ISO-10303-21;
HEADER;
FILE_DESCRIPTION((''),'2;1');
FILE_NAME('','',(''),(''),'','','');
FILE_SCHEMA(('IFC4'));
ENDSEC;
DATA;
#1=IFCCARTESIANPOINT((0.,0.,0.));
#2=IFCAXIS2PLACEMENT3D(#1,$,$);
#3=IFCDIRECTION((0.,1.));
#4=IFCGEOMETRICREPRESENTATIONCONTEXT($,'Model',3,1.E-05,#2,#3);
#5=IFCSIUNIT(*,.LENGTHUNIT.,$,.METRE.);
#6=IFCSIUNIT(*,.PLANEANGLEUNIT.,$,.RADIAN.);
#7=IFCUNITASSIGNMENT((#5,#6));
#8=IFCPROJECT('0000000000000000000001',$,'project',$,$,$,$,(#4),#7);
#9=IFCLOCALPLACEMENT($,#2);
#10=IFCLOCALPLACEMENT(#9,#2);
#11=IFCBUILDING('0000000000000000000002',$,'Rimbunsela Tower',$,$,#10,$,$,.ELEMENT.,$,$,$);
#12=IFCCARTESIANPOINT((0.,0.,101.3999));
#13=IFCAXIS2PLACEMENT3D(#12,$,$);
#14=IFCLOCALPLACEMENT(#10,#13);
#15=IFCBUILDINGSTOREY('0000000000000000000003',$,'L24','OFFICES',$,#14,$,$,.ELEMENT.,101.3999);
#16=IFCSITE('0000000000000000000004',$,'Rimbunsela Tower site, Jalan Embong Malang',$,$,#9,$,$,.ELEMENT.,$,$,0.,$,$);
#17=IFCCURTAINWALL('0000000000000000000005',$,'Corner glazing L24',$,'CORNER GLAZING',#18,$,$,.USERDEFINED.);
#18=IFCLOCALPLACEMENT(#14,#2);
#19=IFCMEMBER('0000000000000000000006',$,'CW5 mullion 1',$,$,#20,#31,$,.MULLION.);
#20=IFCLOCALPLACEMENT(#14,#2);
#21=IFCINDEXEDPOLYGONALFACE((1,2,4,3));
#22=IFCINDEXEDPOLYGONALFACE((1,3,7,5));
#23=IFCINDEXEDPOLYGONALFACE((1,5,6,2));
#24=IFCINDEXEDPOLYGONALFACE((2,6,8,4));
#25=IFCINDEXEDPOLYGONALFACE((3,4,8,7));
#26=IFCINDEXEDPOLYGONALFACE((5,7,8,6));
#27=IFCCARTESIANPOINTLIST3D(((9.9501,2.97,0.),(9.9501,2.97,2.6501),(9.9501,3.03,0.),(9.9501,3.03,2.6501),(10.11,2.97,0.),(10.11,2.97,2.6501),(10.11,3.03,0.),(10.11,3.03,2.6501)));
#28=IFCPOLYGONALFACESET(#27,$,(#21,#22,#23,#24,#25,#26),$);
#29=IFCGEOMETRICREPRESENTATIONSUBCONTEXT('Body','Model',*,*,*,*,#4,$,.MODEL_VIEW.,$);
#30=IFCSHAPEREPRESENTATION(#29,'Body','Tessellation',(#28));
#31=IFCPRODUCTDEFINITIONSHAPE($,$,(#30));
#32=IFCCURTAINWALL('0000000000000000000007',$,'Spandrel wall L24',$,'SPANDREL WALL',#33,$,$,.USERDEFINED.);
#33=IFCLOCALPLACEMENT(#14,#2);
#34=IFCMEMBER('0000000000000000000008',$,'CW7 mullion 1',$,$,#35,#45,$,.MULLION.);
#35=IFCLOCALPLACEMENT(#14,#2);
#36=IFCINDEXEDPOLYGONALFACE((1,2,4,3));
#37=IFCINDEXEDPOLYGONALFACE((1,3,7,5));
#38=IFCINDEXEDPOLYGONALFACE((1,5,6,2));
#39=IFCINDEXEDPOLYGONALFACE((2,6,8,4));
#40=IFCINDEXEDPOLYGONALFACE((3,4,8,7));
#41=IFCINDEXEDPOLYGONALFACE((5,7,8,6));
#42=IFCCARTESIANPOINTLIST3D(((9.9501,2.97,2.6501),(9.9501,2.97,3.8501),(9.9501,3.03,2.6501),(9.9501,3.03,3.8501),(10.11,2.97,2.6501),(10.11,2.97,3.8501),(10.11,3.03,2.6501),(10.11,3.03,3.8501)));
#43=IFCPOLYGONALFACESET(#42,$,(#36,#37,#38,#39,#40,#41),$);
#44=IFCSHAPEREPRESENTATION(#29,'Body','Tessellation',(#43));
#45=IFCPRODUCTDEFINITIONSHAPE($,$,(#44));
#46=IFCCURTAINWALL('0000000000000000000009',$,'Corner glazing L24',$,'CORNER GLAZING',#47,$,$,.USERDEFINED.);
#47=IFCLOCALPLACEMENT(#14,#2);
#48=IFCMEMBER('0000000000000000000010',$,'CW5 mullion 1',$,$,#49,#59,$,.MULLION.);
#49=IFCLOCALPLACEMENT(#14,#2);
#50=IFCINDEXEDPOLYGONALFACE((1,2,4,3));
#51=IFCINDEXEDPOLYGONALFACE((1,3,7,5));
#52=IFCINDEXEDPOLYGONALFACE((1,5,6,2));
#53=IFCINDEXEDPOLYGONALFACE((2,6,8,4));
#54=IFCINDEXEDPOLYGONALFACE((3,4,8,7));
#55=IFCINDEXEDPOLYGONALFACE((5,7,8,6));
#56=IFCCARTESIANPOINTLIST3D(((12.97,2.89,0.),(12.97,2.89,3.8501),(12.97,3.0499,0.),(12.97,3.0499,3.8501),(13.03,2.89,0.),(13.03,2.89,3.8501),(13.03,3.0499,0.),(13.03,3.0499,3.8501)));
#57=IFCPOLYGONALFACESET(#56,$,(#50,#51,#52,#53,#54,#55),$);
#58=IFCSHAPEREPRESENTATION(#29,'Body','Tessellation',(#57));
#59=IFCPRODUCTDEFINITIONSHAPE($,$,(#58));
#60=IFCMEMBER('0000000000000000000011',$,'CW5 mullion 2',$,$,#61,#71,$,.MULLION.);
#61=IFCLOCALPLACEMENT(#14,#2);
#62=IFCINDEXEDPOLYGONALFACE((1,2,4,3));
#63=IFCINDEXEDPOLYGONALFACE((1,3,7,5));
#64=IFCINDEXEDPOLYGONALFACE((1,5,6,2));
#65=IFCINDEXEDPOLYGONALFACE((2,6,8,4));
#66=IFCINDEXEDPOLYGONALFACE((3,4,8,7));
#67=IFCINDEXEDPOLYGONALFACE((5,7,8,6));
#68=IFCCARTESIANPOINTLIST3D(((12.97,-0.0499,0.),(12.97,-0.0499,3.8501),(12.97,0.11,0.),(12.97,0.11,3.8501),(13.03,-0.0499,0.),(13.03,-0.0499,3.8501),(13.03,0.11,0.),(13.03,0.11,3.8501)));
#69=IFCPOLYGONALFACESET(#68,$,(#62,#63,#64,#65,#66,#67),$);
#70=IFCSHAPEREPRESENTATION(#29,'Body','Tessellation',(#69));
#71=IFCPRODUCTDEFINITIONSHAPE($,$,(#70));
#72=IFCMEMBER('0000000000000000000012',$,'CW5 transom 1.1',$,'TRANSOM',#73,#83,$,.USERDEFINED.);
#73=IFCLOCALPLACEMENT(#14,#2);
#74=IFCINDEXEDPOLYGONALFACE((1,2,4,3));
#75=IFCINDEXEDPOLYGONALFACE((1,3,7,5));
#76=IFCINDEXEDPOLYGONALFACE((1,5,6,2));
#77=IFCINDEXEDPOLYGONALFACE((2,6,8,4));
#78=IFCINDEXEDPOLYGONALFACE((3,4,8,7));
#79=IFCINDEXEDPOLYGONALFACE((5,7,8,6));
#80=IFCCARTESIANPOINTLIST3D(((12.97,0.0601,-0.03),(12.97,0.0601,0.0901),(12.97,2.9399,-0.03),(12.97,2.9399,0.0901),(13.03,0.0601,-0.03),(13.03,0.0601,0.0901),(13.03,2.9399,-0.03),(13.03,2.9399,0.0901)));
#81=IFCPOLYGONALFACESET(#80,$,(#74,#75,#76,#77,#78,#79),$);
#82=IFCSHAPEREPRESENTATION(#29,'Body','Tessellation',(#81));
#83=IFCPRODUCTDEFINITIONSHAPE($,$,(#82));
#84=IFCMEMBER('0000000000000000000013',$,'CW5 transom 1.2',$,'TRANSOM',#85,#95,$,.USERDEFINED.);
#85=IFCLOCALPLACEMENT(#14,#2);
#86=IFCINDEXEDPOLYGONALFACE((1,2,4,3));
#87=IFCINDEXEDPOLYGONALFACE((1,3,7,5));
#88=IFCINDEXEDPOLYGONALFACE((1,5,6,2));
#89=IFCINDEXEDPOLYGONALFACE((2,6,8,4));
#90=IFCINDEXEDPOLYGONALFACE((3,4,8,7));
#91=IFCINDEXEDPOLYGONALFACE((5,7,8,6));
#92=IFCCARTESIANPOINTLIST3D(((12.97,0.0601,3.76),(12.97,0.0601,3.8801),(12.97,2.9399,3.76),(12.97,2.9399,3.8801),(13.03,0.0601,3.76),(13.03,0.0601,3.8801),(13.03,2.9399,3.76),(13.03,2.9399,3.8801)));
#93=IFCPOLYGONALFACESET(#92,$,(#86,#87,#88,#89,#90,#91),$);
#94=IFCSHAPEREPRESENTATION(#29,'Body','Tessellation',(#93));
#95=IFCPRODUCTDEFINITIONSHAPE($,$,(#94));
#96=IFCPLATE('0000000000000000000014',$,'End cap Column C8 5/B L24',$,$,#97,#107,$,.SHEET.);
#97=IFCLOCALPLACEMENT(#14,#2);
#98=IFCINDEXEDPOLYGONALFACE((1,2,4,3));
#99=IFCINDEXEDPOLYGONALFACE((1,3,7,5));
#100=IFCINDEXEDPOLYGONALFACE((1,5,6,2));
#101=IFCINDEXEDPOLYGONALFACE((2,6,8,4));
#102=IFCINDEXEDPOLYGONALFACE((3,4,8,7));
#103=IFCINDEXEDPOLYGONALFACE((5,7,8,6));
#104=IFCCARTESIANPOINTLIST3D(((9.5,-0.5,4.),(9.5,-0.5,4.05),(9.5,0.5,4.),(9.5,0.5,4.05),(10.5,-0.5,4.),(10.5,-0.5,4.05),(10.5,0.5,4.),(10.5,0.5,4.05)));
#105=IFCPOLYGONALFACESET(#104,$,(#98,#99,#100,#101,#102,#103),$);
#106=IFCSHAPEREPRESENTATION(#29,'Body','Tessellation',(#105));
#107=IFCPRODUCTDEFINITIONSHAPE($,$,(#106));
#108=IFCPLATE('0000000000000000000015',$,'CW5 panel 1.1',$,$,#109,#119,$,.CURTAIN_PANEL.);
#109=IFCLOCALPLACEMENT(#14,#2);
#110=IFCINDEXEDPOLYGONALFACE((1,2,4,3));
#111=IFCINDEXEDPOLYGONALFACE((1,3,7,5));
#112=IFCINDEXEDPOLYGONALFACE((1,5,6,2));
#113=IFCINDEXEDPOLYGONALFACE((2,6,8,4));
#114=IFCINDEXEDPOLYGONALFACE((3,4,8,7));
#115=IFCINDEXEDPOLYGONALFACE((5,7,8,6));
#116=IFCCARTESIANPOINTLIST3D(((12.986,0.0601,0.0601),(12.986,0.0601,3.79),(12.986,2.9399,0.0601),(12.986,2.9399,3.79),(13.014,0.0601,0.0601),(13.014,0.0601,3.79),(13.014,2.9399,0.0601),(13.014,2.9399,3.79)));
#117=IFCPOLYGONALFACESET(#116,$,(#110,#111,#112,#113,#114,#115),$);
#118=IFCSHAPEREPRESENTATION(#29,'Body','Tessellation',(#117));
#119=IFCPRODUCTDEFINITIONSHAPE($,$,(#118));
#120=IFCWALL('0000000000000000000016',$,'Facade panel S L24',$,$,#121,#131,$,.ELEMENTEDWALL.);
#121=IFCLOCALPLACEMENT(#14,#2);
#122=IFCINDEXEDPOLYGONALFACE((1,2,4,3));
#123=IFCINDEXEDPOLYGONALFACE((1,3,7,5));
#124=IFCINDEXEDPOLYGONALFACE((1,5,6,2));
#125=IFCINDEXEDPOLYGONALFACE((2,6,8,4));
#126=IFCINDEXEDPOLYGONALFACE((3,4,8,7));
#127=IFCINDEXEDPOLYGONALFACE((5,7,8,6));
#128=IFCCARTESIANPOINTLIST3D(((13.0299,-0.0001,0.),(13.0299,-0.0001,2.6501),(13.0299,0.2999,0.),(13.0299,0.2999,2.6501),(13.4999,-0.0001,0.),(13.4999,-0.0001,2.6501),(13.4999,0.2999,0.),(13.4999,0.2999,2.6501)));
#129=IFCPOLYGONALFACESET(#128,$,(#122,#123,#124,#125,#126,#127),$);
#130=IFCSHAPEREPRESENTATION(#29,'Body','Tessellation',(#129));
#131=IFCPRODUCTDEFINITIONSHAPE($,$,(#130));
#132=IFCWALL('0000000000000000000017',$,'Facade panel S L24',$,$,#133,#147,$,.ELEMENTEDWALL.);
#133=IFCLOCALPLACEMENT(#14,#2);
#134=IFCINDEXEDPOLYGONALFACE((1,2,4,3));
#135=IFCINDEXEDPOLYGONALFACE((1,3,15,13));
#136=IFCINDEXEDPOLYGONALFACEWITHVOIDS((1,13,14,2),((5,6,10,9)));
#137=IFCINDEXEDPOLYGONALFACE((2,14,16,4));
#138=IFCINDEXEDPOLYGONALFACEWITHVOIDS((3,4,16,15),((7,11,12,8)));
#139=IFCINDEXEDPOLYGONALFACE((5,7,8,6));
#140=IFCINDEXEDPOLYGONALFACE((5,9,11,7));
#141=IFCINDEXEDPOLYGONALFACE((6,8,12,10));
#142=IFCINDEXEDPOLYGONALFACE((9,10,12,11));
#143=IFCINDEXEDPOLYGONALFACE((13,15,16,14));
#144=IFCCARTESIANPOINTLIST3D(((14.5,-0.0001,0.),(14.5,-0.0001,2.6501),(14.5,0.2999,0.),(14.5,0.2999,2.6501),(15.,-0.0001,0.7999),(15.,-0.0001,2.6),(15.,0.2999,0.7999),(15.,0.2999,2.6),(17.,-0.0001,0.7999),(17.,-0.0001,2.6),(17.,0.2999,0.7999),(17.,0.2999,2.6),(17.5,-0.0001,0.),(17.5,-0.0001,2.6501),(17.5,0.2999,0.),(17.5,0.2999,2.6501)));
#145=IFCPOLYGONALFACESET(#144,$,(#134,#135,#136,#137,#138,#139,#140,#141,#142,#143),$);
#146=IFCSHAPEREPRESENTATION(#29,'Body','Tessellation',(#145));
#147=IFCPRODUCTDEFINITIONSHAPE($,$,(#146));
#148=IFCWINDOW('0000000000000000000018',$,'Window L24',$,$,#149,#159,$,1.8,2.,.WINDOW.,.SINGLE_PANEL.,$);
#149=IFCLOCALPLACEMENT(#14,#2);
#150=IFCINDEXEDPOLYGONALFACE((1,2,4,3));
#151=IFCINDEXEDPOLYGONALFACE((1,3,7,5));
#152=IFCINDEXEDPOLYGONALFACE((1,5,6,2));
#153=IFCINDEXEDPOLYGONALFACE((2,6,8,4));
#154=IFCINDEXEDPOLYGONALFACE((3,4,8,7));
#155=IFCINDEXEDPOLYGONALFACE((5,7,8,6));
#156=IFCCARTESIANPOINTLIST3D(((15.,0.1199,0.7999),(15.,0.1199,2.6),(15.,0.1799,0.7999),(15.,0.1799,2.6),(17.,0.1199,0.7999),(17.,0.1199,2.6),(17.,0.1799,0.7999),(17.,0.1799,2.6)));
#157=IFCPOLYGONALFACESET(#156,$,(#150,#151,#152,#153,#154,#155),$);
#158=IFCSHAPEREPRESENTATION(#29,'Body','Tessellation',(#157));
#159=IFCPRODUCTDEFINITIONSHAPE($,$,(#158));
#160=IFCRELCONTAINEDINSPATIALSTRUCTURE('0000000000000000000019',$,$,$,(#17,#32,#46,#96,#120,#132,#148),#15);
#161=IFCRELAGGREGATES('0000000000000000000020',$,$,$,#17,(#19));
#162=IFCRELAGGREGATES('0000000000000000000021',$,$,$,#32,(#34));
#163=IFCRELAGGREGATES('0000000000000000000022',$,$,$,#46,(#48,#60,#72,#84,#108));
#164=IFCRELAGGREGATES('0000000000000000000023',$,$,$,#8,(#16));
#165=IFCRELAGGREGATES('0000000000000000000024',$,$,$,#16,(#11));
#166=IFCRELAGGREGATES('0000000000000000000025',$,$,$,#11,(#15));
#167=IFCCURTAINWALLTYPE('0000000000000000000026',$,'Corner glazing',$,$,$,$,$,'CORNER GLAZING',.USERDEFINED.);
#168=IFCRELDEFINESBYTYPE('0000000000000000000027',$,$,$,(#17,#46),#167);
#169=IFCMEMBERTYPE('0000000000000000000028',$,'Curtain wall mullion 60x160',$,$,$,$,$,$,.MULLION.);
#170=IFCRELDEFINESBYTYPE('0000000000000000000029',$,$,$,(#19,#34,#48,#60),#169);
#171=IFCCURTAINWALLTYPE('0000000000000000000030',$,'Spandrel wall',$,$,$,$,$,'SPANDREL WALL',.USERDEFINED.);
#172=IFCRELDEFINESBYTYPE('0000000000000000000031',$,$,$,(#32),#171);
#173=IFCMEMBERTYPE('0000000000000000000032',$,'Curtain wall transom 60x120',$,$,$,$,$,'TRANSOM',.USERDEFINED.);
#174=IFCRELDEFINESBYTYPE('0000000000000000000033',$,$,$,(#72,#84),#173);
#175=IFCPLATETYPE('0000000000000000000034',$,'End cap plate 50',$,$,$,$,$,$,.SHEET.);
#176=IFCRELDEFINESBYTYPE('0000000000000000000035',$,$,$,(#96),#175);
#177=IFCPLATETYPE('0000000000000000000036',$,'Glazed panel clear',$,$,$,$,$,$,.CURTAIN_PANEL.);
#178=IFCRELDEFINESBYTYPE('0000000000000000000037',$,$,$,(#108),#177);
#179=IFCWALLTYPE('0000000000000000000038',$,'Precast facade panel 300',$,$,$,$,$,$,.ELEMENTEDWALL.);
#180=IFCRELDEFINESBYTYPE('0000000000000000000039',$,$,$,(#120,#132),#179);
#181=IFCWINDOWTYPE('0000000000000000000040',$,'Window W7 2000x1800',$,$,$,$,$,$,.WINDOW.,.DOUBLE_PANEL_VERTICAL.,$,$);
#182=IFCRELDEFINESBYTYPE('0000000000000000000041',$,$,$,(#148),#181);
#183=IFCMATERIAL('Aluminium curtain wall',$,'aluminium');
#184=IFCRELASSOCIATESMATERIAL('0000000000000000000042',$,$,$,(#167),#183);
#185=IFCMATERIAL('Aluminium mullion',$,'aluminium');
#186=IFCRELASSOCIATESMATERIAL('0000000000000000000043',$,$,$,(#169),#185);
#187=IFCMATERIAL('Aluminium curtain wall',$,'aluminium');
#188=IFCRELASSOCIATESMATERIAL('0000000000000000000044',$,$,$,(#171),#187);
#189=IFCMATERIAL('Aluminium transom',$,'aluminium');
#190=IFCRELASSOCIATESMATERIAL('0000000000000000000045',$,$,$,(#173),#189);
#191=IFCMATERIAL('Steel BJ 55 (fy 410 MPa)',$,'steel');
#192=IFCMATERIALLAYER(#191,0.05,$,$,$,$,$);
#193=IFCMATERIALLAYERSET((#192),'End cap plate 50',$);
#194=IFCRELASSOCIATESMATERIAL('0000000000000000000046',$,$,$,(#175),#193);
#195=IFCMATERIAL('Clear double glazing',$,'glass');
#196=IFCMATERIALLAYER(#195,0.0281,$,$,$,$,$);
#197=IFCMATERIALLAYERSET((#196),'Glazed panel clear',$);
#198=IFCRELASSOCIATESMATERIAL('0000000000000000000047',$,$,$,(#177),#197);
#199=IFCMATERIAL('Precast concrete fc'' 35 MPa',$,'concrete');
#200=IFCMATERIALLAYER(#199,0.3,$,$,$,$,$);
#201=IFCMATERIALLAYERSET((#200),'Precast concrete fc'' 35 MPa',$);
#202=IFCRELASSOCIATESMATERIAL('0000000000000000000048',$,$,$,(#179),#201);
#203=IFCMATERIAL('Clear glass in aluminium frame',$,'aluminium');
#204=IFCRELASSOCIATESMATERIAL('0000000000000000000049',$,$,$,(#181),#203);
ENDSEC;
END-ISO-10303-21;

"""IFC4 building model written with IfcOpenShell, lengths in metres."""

from ifc_helpers import new_model, si_unit, direction, frame, frame_2d, origin, origin_2d, place, context, subcontext, project, spatial, rectangle, extrude, material, layer, layer_set, material_profile, profile_set, type_object, element, fill, aggregate, save


model = new_model("IFC4")

# Units and contexts
model_context = context("Model", 3, precision=1e-05, world=origin(), true_north=direction((0.0, 1.0)))
body_context = subcontext(model_context, "Body", "Model", "MODEL_VIEW")
ifc_project = project(units=[si_unit("LENGTHUNIT", "METRE"), si_unit("PLANEANGLEUNIT", "RADIAN")], contexts=[model_context])

# Site, building, storey
site_placement = place(None, origin())
site = spatial("IfcSite", under=ifc_project, at=site_placement, Name="Rimbunsela Tower site, Jalan Embong Malang", CompositionType="ELEMENT", RefElevation=0.0)
building_placement = place(site_placement, origin())
building = spatial("IfcBuilding", under=site, at=building_placement, Name="Rimbunsela Tower", CompositionType="ELEMENT")
storey_placement = place(building_placement, frame((0.0, 0.0, 101.3999)))
storey = spatial("IfcBuildingStorey", under=building, at=storey_placement, Name="L24", Description="OFFICES", CompositionType="ELEMENT", Elevation=101.3999)

# Curtain walls, members
ifc_material_1 = material(Name="Aluminium curtain wall", Category="aluminium")
curtain_wall_type_1 = type_object("IfcCurtainWallType", Name="Corner glazing", ElementType="CORNER GLAZING", PredefinedType="USERDEFINED", material=ifc_material_1)
curtain_wall_1_placement = place(storey_placement, origin())
curtain_wall_1 = element("IfcCurtainWall", 1, at=curtain_wall_1_placement, inside=storey, type_object=curtain_wall_type_1, Name="Corner glazing L24", ObjectType="CORNER GLAZING", PredefinedType="USERDEFINED")
ifc_material_2 = material(Name="Aluminium mullion", Category="aluminium")
ifc_material_profile_1 = material_profile(ifc_material_2, rectangle(XDim=0.0601, YDim=0.1599, at=origin_2d()), Name="Mullion 60x160")
ifc_profile_set_1 = profile_set([ifc_material_profile_1], Name="Aluminium mullion")
member_type_1 = type_object("IfcMemberType", Name="Curtain wall mullion 60x160", PredefinedType="MULLION", material=ifc_profile_set_1)
member_1_placement = place(storey_placement, frame((10.03, 3.0, 0.0), z_axis=(0.0, 0.0, 1.0), x_axis=(0.0, 1.0, 0.0)))
member_1 = element("IfcMember", 2, at=member_1_placement, type_object=member_type_1, Name="CW5 mullion 1", PredefinedType="MULLION", context=body_context, shape_type="SweptSolid", body=[
    extrude(rectangle(XDim=0.0601, YDim=0.1599, at=origin_2d()), origin(), (0.0, 0.0, 1.0), 2.6501),
])
aggregate(curtain_wall_1, [member_1])
ifc_material_3 = material(Name="Aluminium curtain wall", Category="aluminium")
curtain_wall_type_2 = type_object("IfcCurtainWallType", Name="Spandrel wall", ElementType="SPANDREL WALL", PredefinedType="USERDEFINED", material=ifc_material_3)
curtain_wall_2_placement = place(storey_placement, origin())
curtain_wall_2 = element("IfcCurtainWall", 3, at=curtain_wall_2_placement, inside=storey, type_object=curtain_wall_type_2, Name="Spandrel wall L24", ObjectType="SPANDREL WALL", PredefinedType="USERDEFINED")
member_2_placement = place(storey_placement, frame((10.03, 3.0, 2.6501), z_axis=(0.0, 0.0, 1.0), x_axis=(0.0, 1.0, 0.0)))
member_2 = element("IfcMember", 4, at=member_2_placement, type_object=member_type_1, Name="CW7 mullion 1", PredefinedType="MULLION", context=body_context, shape_type="SweptSolid", body=[
    extrude(rectangle(XDim=0.0601, YDim=0.1599, at=origin_2d()), origin(), (0.0, 0.0, 1.0), 1.2),
])
aggregate(curtain_wall_2, [member_2])

# Curtain wall, members
curtain_wall_3_placement = place(storey_placement, origin())
curtain_wall_3 = element("IfcCurtainWall", 5, at=curtain_wall_3_placement, inside=storey, type_object=curtain_wall_type_1, Name="Corner glazing L24", ObjectType="CORNER GLAZING", PredefinedType="USERDEFINED")
member_3_placement = place(storey_placement, frame((13.0, 2.97, 0.0), z_axis=(0.0, 0.0, 1.0), x_axis=(1.0, 0.0, 0.0)))
member_3 = element("IfcMember", 6, at=member_3_placement, type_object=member_type_1, Name="CW5 mullion 1", PredefinedType="MULLION", context=body_context, shape_type="SweptSolid", body=[
    extrude(rectangle(XDim=0.0601, YDim=0.1599, at=origin_2d()), origin(), (0.0, 0.0, 1.0), 3.8501),
])
member_4_placement = place(storey_placement, frame((13.0, 0.03, 0.0), z_axis=(0.0, 0.0, 1.0), x_axis=(1.0, 0.0, 0.0)))
member_4 = element("IfcMember", 7, at=member_4_placement, type_object=member_type_1, Name="CW5 mullion 2", PredefinedType="MULLION", context=body_context, shape_type="SweptSolid", body=[
    extrude(rectangle(XDim=0.0601, YDim=0.1599, at=origin_2d()), origin(), (0.0, 0.0, 1.0), 3.8501),
])
ifc_material_4 = material(Name="Aluminium transom", Category="aluminium")
ifc_material_profile_2 = material_profile(ifc_material_4, rectangle(XDim=0.0601, YDim=0.1201, at=origin_2d()), Name="Transom 60x120")
ifc_profile_set_2 = profile_set([ifc_material_profile_2], Name="Aluminium transom")
member_type_2 = type_object("IfcMemberType", Name="Curtain wall transom 60x120", ElementType="TRANSOM", PredefinedType="USERDEFINED", material=ifc_profile_set_2)
member_5_placement = place(storey_placement, frame((13.0, 2.9399, 0.03), z_axis=(0.0, -1.0, 0.0), x_axis=(1.0, 0.0, 0.0)))
member_5 = element("IfcMember", 8, at=member_5_placement, type_object=member_type_2, Name="CW5 transom 1.1", ObjectType="TRANSOM", PredefinedType="USERDEFINED", context=body_context, shape_type="SweptSolid", body=[
    extrude(rectangle(XDim=0.0601, YDim=0.1201, at=origin_2d()), origin(), (0.0, 0.0, 1.0), 2.8799),
])
member_6_placement = place(storey_placement, frame((13.0, 2.9399, 3.8201), z_axis=(0.0, -1.0, 0.0), x_axis=(1.0, 0.0, 0.0)))
member_6 = element("IfcMember", 9, at=member_6_placement, type_object=member_type_2, Name="CW5 transom 1.2", ObjectType="TRANSOM", PredefinedType="USERDEFINED", context=body_context, shape_type="SweptSolid", body=[
    extrude(rectangle(XDim=0.0601, YDim=0.1201, at=origin_2d()), origin(), (0.0, 0.0, 1.0), 2.8799),
])

# Plates
ifc_material_5 = material(Name="Steel BJ 55 (fy 410 MPa)", Category="steel")
ifc_layer_1 = layer(ifc_material_5, 0.05)
ifc_layer_set_1 = layer_set([ifc_layer_1], Name="End cap plate 50")
plate_type_1 = type_object("IfcPlateType", Name="End cap plate 50", PredefinedType="SHEET", material=ifc_layer_set_1)
plate_1_placement = place(storey_placement, frame((10.0, 0.0, 4.0), z_axis=(0.0, 0.0, 1.0), x_axis=(1.0, 0.0, 0.0)))
element("IfcPlate", 10, at=plate_1_placement, inside=storey, type_object=plate_type_1, Name="End cap Column C8 5/B L24", PredefinedType="SHEET", context=body_context, shape_type="SweptSolid", body=[
    extrude(rectangle(XDim=1.0, YDim=1.0, at=origin_2d()), origin(), (0.0, 0.0, 1.0), 0.05),
])
ifc_material_6 = material(Name="Clear double glazing", Category="glass")
ifc_layer_2 = layer(ifc_material_6, 0.0281)
ifc_layer_set_2 = layer_set([ifc_layer_2], Name="Glazed panel clear")
plate_type_2 = type_object("IfcPlateType", Name="Glazed panel clear", PredefinedType="CURTAIN_PANEL", material=ifc_layer_set_2)
plate_2_placement = place(storey_placement, frame((13.0, 1.5, 0.0601), z_axis=(0.0, 0.0, 1.0), x_axis=(0.0, -1.0, 0.0)))
plate_2 = element("IfcPlate", 11, at=plate_2_placement, type_object=plate_type_2, Name="CW5 panel 1.1", PredefinedType="CURTAIN_PANEL", context=body_context, shape_type="SweptSolid", body=[
    extrude(rectangle(XDim=2.8799, YDim=0.0281, at=origin_2d()), origin(), (0.0, 0.0, 1.0), 3.73),
])
aggregate(curtain_wall_3, [member_3, member_4, member_5, member_6, plate_2])

# Wall
ifc_material_7 = material(Name="Precast concrete fc' 35 MPa", Category="concrete")
ifc_layer_3 = layer(ifc_material_7, 0.3)
ifc_layer_set_3 = layer_set([ifc_layer_3], Name="Precast concrete fc' 35 MPa")
wall_type = type_object("IfcWallType", Name="Precast facade panel 300", PredefinedType="ELEMENTEDWALL", material=ifc_layer_set_3)
wall_1_placement = place(storey_placement, frame((13.03, 0.1499, 0.0), z_axis=(0.0, 0.0, 1.0), x_axis=(1.0, 0.0, 0.0)))
element("IfcWall", 12, at=wall_1_placement, inside=storey, type_object=wall_type, Name="Facade panel S L24", PredefinedType="ELEMENTEDWALL", context=body_context, shape_type="SweptSolid", body=[
    extrude(rectangle(XDim=0.47, YDim=0.3, at=frame_2d((0.2349, 0.0))), origin(), (0.0, 0.0, 1.0), 2.6501),
])

# Wall, opening, window
wall_2_placement = place(storey_placement, frame((14.5, 0.1499, 0.0), z_axis=(0.0, 0.0, 1.0), x_axis=(1.0, 0.0, 0.0)))
wall_2 = element("IfcWall", 13, at=wall_2_placement, inside=storey, type_object=wall_type, Name="Facade panel S L24", PredefinedType="ELEMENTEDWALL", context=body_context, shape_type="SweptSolid", body=[
    extrude(rectangle(XDim=3.0, YDim=0.3, at=frame_2d((1.5, 0.0))), origin(), (0.0, 0.0, 1.0), 2.6501),
])
opening_1_placement = place(wall_2_placement, frame((0.5, 0.0, 0.8)))
opening_1 = element("IfcOpeningElement", 14, at=opening_1_placement, cuts=wall_2, PredefinedType="OPENING", context=body_context, shape_type="SweptSolid", body=[
    extrude(rectangle(XDim=2.0, YDim=1.8, at=frame_2d((1.0, 0.8999))), frame((0.0, 0.1599, 0.0), z_axis=(0.0, -1.0, 0.0), x_axis=(1.0, 0.0, 0.0)), (0.0, 0.0, 1.0), 0.3201),
])
ifc_material_8 = material(Name="Clear glass in aluminium frame", Category="aluminium")
window_type = type_object("IfcWindowType", Name="Window W7 2000x1800", PartitioningType="DOUBLE_PANEL_VERTICAL", PredefinedType="WINDOW", material=ifc_material_8)
window_1_placement = place(opening_1_placement, origin())
window_1 = element("IfcWindow", 15, at=window_1_placement, inside=storey, type_object=window_type, Name="Window L24", OverallHeight=1.8, OverallWidth=2.0, PartitioningType="SINGLE_PANEL", PredefinedType="WINDOW", context=body_context, shape_type="SweptSolid", body=[
    extrude(rectangle(XDim=2.0, YDim=1.8, at=frame_2d((1.0, 0.8999))), frame((0.0, 0.03, 0.0), z_axis=(0.0, -1.0, 0.0), x_axis=(1.0, 0.0, 0.0)), (0.0, 0.0, 1.0), 0.0601),
])
fill(opening_1, window_1)

save(model, "model.ifc")
